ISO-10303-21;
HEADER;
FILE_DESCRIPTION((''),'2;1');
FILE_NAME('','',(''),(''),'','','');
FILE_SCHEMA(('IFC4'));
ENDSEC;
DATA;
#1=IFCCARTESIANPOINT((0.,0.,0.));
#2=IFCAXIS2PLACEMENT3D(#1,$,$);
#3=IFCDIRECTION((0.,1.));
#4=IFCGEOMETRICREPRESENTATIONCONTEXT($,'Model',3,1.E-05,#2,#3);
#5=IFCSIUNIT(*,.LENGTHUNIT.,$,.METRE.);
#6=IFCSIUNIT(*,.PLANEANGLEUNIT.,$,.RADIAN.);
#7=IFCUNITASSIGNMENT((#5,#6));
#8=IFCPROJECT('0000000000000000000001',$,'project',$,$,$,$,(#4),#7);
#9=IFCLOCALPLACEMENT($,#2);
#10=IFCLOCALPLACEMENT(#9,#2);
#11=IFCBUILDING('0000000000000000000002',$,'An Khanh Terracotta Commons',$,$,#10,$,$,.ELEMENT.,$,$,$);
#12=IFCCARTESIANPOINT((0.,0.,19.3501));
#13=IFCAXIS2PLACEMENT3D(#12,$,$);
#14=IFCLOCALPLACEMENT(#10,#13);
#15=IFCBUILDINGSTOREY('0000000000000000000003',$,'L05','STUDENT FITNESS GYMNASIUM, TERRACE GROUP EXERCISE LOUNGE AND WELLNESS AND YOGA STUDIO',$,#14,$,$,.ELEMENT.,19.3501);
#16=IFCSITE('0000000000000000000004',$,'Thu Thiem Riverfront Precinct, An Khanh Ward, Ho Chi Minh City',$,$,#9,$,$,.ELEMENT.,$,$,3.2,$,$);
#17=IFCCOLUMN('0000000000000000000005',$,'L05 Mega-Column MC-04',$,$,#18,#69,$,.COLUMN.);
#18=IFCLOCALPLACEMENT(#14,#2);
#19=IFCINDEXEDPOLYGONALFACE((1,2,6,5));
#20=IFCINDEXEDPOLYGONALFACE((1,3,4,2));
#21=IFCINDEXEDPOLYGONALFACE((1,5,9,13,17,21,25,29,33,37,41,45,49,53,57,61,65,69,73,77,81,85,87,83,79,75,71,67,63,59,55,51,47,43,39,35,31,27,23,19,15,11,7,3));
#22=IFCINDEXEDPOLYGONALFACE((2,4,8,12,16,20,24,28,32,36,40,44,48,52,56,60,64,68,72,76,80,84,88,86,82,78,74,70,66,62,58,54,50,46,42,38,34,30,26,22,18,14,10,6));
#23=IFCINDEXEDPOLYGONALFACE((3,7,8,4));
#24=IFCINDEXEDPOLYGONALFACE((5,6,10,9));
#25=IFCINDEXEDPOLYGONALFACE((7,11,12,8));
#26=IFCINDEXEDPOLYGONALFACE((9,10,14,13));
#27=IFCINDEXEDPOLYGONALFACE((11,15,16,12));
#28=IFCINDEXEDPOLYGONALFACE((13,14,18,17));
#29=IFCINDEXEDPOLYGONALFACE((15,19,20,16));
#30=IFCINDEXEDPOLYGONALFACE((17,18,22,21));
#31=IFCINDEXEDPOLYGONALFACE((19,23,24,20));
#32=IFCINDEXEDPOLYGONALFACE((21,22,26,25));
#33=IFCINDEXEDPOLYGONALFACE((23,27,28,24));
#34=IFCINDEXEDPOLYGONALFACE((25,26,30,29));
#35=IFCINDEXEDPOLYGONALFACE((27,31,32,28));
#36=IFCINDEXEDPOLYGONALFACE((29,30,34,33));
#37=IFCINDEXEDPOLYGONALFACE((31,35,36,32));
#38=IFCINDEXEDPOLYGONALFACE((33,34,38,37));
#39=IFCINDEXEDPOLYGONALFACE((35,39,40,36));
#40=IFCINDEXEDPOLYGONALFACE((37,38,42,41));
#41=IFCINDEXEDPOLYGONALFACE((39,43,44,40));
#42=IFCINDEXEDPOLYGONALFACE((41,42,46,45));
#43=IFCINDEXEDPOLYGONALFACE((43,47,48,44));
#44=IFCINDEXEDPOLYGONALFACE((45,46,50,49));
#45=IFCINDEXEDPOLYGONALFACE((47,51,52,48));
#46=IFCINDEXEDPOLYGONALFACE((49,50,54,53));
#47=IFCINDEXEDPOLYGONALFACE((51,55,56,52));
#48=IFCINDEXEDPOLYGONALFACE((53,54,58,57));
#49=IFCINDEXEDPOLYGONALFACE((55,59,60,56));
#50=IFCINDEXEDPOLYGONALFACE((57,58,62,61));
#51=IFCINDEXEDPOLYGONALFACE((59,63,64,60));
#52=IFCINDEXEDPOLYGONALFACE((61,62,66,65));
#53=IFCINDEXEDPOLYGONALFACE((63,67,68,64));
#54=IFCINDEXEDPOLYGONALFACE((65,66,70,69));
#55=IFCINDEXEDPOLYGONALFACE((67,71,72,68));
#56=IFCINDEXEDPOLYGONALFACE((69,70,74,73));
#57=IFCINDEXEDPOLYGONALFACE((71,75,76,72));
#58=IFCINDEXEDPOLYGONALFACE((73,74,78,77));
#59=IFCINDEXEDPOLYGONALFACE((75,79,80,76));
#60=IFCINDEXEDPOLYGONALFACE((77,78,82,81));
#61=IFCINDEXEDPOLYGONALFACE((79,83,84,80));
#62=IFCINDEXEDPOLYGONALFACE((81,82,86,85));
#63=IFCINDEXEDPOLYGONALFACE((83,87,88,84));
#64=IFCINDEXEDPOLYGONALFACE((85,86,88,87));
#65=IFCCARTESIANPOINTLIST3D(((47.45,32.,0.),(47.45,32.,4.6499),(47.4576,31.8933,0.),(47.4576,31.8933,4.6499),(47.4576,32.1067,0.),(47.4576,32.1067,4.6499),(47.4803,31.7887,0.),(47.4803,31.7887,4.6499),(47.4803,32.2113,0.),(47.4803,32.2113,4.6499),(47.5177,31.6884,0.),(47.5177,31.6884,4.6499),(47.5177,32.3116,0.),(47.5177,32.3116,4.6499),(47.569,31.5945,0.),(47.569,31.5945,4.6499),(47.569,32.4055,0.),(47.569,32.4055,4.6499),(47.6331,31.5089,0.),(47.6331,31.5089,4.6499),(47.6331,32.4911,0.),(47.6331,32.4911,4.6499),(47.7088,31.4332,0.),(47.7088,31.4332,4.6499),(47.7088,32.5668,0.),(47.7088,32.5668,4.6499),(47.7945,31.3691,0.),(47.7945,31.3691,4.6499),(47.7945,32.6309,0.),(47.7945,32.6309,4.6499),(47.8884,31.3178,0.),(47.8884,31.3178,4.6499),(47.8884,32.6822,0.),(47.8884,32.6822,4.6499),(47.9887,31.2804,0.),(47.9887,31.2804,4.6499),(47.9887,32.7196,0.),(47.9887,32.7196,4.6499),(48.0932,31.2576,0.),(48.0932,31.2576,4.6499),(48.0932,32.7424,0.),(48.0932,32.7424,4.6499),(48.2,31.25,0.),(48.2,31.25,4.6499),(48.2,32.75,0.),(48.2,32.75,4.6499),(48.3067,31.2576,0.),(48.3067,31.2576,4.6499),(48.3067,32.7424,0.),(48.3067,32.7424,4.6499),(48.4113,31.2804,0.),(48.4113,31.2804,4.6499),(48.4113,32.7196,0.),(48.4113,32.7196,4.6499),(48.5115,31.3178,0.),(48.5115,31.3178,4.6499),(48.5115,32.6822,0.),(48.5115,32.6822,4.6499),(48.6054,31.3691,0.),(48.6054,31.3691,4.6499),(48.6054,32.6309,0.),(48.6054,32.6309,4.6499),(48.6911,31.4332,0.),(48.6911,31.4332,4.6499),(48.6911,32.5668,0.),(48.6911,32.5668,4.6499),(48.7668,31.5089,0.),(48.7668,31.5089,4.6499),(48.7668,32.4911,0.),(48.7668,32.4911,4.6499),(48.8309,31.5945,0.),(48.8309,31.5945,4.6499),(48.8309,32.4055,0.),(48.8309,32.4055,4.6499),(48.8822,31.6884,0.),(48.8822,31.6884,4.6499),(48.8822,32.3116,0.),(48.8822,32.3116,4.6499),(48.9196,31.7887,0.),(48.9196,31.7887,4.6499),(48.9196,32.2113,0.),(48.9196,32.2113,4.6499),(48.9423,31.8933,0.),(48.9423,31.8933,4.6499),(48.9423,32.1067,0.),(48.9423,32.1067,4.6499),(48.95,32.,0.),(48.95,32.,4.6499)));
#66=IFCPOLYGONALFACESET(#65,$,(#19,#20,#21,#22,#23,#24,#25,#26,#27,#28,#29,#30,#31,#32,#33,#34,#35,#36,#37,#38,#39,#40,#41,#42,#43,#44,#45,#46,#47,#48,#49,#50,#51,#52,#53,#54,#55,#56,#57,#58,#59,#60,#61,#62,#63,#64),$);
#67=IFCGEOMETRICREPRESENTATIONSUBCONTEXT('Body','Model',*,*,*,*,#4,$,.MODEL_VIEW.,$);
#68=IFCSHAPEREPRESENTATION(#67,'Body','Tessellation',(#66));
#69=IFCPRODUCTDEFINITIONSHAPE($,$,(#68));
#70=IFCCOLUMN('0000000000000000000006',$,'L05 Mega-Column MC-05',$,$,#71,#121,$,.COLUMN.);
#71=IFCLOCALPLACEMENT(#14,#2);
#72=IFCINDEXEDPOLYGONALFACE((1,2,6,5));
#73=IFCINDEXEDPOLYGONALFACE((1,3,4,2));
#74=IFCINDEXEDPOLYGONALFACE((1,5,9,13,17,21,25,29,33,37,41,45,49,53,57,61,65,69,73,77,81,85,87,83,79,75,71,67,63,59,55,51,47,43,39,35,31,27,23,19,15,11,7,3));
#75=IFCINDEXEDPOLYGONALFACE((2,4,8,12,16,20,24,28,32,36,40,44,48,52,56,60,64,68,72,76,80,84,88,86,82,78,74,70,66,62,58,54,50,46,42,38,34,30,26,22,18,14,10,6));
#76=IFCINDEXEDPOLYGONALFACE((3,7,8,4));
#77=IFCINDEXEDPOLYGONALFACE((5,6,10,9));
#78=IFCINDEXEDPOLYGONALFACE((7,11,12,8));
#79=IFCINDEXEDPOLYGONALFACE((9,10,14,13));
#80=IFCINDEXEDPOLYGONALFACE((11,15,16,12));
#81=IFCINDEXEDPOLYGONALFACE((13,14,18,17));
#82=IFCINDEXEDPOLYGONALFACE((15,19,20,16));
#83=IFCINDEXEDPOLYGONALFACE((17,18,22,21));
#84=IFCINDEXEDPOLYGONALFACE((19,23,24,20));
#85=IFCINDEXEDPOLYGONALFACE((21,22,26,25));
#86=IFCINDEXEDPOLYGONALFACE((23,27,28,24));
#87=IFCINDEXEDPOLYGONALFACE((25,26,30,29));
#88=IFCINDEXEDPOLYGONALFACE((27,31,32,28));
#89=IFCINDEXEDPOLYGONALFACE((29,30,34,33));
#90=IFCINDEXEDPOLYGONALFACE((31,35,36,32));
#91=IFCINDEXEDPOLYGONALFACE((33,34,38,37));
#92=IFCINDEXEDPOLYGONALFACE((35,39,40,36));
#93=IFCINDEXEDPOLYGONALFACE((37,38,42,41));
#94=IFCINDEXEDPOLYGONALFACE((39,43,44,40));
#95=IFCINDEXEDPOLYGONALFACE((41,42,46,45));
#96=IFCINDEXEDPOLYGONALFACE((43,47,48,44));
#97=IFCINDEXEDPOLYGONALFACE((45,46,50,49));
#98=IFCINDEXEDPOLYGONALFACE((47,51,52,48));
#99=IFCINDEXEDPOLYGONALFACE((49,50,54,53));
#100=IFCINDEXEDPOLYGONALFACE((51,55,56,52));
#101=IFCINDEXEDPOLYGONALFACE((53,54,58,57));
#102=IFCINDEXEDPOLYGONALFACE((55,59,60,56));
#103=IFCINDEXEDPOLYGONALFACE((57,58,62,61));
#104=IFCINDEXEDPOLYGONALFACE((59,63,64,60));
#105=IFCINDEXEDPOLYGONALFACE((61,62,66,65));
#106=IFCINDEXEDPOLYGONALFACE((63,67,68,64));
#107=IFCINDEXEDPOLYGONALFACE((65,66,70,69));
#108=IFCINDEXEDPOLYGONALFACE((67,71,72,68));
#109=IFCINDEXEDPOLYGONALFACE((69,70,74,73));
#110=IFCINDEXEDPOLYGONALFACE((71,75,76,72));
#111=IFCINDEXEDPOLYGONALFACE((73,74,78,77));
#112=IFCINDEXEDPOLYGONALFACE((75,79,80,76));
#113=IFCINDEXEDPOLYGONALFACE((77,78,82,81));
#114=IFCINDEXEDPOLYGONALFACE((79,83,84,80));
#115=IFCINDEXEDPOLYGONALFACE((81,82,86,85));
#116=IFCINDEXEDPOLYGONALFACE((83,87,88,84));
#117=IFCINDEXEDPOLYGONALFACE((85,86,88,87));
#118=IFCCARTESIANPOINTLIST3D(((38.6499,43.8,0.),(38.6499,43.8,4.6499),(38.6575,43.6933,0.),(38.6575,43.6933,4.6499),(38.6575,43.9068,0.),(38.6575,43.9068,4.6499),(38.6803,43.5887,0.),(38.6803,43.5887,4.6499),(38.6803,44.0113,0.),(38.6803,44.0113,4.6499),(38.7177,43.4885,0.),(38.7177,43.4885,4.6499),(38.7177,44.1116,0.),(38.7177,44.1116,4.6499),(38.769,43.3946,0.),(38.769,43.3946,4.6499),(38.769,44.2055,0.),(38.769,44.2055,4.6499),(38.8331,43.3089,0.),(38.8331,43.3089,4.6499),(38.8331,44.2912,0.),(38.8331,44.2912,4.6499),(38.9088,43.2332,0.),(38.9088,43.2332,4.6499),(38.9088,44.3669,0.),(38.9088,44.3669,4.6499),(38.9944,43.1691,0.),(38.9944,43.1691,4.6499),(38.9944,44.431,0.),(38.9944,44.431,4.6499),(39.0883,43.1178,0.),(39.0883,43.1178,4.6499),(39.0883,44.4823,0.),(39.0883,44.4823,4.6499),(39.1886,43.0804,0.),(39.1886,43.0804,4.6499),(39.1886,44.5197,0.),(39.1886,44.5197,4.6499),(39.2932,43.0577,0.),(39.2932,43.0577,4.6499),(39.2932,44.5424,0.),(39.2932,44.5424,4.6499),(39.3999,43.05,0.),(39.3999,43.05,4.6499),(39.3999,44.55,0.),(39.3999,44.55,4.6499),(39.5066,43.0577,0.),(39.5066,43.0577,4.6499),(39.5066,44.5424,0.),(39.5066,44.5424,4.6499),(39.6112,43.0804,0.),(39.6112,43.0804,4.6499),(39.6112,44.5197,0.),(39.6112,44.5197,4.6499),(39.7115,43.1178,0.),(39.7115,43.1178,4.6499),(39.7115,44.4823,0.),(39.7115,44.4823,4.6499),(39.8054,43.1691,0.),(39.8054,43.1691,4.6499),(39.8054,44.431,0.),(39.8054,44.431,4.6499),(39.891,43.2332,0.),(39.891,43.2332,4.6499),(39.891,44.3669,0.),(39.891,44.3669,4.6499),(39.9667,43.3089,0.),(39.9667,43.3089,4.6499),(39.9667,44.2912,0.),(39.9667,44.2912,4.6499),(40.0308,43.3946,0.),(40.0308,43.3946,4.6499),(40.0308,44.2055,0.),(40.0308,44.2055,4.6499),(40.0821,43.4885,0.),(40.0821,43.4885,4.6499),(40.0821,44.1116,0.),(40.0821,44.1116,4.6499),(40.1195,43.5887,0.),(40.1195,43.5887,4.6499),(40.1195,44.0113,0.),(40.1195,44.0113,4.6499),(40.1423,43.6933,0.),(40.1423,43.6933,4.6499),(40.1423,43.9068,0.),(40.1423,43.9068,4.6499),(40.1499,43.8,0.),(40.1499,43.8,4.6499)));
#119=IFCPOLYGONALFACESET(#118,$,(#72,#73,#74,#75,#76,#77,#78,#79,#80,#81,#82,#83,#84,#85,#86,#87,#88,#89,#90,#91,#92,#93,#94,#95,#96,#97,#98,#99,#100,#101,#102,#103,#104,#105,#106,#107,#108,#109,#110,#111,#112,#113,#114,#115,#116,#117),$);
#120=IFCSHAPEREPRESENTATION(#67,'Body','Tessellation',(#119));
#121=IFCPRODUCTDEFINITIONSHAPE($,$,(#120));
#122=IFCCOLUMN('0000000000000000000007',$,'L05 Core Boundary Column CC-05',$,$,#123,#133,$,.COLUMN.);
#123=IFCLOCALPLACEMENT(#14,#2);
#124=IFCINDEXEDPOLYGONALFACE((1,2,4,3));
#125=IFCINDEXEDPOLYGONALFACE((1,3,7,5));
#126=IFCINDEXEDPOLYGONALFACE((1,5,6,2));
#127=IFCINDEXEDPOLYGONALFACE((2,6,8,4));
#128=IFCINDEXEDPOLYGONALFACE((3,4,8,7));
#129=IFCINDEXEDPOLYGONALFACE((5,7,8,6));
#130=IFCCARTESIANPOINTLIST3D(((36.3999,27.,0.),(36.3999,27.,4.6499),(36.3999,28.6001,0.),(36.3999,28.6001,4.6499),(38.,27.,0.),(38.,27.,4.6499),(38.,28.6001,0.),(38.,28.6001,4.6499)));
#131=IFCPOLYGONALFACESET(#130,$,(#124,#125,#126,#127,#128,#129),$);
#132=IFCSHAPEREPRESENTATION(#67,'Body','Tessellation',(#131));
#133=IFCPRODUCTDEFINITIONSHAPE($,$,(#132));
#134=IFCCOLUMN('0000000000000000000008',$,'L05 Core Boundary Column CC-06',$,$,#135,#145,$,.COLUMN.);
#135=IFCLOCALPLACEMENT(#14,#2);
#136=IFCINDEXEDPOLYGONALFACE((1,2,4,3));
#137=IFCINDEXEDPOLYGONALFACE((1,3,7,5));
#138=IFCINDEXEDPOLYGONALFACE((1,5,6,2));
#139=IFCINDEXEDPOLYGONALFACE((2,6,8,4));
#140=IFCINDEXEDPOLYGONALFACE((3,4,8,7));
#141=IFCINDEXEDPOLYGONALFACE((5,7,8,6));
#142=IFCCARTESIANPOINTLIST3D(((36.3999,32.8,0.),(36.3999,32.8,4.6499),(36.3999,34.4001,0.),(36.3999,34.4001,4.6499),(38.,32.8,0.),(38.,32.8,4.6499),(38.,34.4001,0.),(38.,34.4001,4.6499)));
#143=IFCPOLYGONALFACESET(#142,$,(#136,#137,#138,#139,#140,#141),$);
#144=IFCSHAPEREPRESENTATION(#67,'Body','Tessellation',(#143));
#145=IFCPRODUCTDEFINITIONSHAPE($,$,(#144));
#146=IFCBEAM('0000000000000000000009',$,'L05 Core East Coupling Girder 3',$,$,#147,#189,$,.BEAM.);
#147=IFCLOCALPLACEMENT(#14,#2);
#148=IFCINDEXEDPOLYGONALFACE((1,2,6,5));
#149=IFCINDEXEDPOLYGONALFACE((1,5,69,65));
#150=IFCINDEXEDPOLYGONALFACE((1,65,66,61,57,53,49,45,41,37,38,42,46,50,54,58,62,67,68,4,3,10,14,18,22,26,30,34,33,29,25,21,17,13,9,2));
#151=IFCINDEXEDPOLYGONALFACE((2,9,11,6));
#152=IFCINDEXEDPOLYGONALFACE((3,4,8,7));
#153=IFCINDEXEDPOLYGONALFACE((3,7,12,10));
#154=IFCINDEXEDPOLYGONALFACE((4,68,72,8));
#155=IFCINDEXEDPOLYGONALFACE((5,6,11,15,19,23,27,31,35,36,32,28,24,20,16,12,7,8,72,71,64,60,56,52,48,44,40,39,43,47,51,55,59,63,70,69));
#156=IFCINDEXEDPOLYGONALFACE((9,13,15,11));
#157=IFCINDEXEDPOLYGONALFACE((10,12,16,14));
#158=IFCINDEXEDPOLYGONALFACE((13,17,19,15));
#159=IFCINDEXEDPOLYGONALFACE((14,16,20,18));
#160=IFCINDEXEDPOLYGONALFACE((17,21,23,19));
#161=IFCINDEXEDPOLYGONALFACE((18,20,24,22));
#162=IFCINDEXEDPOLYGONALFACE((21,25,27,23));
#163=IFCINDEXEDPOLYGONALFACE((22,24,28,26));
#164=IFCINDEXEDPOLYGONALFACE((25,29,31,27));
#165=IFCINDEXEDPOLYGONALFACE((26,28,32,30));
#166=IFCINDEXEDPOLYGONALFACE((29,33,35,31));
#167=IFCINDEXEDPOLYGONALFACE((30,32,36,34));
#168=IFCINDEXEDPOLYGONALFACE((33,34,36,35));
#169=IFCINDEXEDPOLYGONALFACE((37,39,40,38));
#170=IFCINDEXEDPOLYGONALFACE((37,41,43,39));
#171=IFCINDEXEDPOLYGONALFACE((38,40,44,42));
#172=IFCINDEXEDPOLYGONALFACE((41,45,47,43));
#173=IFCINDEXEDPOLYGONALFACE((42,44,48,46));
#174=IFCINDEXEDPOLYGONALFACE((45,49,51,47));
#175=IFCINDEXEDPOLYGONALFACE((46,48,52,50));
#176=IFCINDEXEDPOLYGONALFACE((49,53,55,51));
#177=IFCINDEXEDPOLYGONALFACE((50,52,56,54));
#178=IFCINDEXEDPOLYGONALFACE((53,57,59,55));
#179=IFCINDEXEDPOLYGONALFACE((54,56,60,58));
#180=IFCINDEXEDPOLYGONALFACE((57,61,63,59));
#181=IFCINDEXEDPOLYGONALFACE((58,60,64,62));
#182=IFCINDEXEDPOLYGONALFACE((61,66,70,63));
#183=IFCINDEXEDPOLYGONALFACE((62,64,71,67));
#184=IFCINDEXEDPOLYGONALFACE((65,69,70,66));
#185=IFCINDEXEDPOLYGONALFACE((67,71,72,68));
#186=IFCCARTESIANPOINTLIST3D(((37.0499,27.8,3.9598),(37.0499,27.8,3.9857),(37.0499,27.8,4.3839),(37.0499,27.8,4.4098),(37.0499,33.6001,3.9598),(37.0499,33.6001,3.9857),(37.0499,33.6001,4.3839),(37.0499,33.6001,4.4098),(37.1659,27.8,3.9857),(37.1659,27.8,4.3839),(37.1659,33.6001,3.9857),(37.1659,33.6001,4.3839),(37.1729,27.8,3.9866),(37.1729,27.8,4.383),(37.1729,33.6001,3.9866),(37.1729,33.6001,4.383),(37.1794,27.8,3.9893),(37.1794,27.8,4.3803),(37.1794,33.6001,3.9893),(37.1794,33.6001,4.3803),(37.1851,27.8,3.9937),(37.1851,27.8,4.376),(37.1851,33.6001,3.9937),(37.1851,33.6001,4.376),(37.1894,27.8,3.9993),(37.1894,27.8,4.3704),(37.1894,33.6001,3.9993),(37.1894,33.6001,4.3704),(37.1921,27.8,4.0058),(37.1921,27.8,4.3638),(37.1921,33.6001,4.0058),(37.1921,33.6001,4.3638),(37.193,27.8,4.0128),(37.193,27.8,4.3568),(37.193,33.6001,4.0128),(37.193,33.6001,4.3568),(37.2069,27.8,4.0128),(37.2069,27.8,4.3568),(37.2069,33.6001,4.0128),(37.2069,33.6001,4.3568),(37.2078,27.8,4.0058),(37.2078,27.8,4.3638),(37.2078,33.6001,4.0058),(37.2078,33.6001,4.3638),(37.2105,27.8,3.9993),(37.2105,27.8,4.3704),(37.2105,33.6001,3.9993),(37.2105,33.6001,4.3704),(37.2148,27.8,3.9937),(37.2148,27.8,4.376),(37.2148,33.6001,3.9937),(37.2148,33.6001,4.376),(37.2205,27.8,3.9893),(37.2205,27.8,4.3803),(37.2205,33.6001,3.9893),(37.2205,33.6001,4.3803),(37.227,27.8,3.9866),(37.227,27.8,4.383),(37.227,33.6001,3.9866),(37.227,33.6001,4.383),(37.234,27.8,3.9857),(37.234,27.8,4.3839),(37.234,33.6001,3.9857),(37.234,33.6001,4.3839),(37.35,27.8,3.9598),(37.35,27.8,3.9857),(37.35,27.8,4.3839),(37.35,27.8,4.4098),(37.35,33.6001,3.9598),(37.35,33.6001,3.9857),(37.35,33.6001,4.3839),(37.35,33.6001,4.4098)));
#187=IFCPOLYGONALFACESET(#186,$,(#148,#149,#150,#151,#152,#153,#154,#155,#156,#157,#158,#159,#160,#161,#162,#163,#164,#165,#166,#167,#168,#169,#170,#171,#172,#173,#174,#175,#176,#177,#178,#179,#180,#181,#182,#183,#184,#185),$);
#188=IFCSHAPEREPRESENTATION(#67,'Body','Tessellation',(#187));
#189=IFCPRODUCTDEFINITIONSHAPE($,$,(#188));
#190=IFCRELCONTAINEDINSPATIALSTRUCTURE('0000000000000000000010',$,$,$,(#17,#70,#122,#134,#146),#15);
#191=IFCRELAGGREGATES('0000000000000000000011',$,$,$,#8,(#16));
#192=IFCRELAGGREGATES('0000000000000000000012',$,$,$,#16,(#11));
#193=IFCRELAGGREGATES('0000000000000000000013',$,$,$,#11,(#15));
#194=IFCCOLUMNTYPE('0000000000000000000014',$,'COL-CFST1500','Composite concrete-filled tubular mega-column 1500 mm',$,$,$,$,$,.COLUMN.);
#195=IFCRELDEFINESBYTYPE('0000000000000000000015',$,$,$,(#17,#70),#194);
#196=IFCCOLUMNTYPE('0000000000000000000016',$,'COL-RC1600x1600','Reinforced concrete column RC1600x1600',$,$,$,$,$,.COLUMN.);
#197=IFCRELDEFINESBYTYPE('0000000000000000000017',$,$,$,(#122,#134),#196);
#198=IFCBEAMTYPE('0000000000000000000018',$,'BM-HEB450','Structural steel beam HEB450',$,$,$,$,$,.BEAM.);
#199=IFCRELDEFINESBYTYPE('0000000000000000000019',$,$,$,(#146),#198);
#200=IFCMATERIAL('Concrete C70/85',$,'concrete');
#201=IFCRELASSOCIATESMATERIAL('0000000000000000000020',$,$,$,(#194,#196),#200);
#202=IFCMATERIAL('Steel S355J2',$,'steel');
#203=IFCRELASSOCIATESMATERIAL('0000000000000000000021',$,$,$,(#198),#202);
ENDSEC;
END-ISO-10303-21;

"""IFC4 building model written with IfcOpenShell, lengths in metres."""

from ifc_helpers import new_model, si_unit, direction, frame, origin, origin_2d, place, context, subcontext, project, spatial, rectangle, circle, i_section, extrude, material, material_profile, profile_set, type_object, element, save


model = new_model("IFC4")

# Units and contexts
model_context = context("Model", 3, precision=1e-05, world=origin(), true_north=direction((0.0, 1.0)))
body_context = subcontext(model_context, "Body", "Model", "MODEL_VIEW")
ifc_project = project(units=[si_unit("LENGTHUNIT", "METRE"), si_unit("PLANEANGLEUNIT", "RADIAN")], contexts=[model_context])

# Site, building, storey
site_placement = place(None, origin())
site = spatial("IfcSite", under=ifc_project, at=site_placement, Name="Thu Thiem Riverfront Precinct, An Khanh Ward, Ho Chi Minh City", CompositionType="ELEMENT", RefElevation=3.2)
building_placement = place(site_placement, origin())
building = spatial("IfcBuilding", under=site, at=building_placement, Name="An Khanh Terracotta Commons", CompositionType="ELEMENT")
storey_placement = place(building_placement, frame((0.0, 0.0, 19.3501)))
storey = spatial("IfcBuildingStorey", under=building, at=storey_placement, Name="L05", Description="STUDENT FITNESS GYMNASIUM, TERRACE GROUP EXERCISE LOUNGE AND WELLNESS AND YOGA STUDIO", CompositionType="ELEMENT", Elevation=19.3501)

# Columns
ifc_material_1 = material(Name="Concrete C70/85", Category="concrete")
ifc_material_profile_1 = material_profile(ifc_material_1, circle(Radius=0.75, at=origin_2d()), Name="CFST1500")
ifc_profile_set_1 = profile_set([ifc_material_profile_1], Name="Concrete C70/85")
column_type_1 = type_object("IfcColumnType", Name="COL-CFST1500", Description="Composite concrete-filled tubular mega-column 1500 mm", PredefinedType="COLUMN", material=ifc_profile_set_1)
for number, where, z_axis, x_axis, name in (
    (1, (48.2, 32.0, 0.0), (0.0, 0.0, 1.0), (1.0, 0.0, 0.0), "L05 Mega-Column MC-04"),
    (2, (39.3999, 43.8, 0.0), (0.0, 0.0, 1.0), (1.0, 0.0, 0.0), "L05 Mega-Column MC-05"),
):
    element("IfcColumn", number, at=place(storey_placement, frame(where, z_axis=z_axis, x_axis=x_axis)), inside=storey, type_object=column_type_1, Name=name, PredefinedType="COLUMN", context=body_context, shape_type="SweptSolid", body=[
        extrude(circle(Radius=0.75, at=origin_2d()), origin(), (0.0, 0.0, 1.0), 4.6499),
    ])
ifc_material_profile_2 = material_profile(ifc_material_1, rectangle(XDim=1.6001, YDim=1.6001, at=origin_2d()), Name="RC1600x1600")
ifc_profile_set_2 = profile_set([ifc_material_profile_2], Name="Concrete C70/85")
column_type_2 = type_object("IfcColumnType", Name="COL-RC1600x1600", Description="Reinforced concrete column RC1600x1600", PredefinedType="COLUMN", material=ifc_profile_set_2)
for number, where, z_axis, x_axis, name in (
    (3, (37.2, 27.8, 0.0), (0.0, 0.0, 1.0), (1.0, 0.0, 0.0), "L05 Core Boundary Column CC-05"),
    (4, (37.2, 33.6001, 0.0), (0.0, 0.0, 1.0), (1.0, 0.0, 0.0), "L05 Core Boundary Column CC-06"),
):
    element("IfcColumn", number, at=place(storey_placement, frame(where, z_axis=z_axis, x_axis=x_axis)), inside=storey, type_object=column_type_2, Name=name, PredefinedType="COLUMN", context=body_context, shape_type="SweptSolid", body=[
        extrude(rectangle(XDim=1.6001, YDim=1.6001, at=origin_2d()), origin(), (0.0, 0.0, 1.0), 4.6499),
    ])

# Beam
ifc_material_2 = material(Name="Steel S355J2", Category="steel")
ifc_material_profile_3 = material_profile(ifc_material_2, i_section(OverallWidth=0.3, OverallDepth=0.45, WebThickness=0.0139, FlangeThickness=0.0259, FilletRadius=0.0271, at=origin_2d()), Name="HEB450")
ifc_profile_set_3 = profile_set([ifc_material_profile_3], Name="Steel S355J2")
beam_type_1 = type_object("IfcBeamType", Name="BM-HEB450", Description="Structural steel beam HEB450", PredefinedType="BEAM", material=ifc_profile_set_3)
beam_1_placement = place(storey_placement, frame((37.2, 27.8, 4.1848), z_axis=(0.0, 1.0, 0.0), x_axis=(-1.0, 0.0, 0.0)))
element("IfcBeam", 5, at=beam_1_placement, inside=storey, type_object=beam_type_1, Name="L05 Core East Coupling Girder 3", PredefinedType="BEAM", context=body_context, shape_type="SweptSolid", body=[
    extrude(i_section(OverallWidth=0.3, OverallDepth=0.45, WebThickness=0.0139, FlangeThickness=0.0259, FilletRadius=0.0271, at=origin_2d()), origin(), (0.0, 0.0, 1.0), 5.8),
])

save(model, "model.ifc")
